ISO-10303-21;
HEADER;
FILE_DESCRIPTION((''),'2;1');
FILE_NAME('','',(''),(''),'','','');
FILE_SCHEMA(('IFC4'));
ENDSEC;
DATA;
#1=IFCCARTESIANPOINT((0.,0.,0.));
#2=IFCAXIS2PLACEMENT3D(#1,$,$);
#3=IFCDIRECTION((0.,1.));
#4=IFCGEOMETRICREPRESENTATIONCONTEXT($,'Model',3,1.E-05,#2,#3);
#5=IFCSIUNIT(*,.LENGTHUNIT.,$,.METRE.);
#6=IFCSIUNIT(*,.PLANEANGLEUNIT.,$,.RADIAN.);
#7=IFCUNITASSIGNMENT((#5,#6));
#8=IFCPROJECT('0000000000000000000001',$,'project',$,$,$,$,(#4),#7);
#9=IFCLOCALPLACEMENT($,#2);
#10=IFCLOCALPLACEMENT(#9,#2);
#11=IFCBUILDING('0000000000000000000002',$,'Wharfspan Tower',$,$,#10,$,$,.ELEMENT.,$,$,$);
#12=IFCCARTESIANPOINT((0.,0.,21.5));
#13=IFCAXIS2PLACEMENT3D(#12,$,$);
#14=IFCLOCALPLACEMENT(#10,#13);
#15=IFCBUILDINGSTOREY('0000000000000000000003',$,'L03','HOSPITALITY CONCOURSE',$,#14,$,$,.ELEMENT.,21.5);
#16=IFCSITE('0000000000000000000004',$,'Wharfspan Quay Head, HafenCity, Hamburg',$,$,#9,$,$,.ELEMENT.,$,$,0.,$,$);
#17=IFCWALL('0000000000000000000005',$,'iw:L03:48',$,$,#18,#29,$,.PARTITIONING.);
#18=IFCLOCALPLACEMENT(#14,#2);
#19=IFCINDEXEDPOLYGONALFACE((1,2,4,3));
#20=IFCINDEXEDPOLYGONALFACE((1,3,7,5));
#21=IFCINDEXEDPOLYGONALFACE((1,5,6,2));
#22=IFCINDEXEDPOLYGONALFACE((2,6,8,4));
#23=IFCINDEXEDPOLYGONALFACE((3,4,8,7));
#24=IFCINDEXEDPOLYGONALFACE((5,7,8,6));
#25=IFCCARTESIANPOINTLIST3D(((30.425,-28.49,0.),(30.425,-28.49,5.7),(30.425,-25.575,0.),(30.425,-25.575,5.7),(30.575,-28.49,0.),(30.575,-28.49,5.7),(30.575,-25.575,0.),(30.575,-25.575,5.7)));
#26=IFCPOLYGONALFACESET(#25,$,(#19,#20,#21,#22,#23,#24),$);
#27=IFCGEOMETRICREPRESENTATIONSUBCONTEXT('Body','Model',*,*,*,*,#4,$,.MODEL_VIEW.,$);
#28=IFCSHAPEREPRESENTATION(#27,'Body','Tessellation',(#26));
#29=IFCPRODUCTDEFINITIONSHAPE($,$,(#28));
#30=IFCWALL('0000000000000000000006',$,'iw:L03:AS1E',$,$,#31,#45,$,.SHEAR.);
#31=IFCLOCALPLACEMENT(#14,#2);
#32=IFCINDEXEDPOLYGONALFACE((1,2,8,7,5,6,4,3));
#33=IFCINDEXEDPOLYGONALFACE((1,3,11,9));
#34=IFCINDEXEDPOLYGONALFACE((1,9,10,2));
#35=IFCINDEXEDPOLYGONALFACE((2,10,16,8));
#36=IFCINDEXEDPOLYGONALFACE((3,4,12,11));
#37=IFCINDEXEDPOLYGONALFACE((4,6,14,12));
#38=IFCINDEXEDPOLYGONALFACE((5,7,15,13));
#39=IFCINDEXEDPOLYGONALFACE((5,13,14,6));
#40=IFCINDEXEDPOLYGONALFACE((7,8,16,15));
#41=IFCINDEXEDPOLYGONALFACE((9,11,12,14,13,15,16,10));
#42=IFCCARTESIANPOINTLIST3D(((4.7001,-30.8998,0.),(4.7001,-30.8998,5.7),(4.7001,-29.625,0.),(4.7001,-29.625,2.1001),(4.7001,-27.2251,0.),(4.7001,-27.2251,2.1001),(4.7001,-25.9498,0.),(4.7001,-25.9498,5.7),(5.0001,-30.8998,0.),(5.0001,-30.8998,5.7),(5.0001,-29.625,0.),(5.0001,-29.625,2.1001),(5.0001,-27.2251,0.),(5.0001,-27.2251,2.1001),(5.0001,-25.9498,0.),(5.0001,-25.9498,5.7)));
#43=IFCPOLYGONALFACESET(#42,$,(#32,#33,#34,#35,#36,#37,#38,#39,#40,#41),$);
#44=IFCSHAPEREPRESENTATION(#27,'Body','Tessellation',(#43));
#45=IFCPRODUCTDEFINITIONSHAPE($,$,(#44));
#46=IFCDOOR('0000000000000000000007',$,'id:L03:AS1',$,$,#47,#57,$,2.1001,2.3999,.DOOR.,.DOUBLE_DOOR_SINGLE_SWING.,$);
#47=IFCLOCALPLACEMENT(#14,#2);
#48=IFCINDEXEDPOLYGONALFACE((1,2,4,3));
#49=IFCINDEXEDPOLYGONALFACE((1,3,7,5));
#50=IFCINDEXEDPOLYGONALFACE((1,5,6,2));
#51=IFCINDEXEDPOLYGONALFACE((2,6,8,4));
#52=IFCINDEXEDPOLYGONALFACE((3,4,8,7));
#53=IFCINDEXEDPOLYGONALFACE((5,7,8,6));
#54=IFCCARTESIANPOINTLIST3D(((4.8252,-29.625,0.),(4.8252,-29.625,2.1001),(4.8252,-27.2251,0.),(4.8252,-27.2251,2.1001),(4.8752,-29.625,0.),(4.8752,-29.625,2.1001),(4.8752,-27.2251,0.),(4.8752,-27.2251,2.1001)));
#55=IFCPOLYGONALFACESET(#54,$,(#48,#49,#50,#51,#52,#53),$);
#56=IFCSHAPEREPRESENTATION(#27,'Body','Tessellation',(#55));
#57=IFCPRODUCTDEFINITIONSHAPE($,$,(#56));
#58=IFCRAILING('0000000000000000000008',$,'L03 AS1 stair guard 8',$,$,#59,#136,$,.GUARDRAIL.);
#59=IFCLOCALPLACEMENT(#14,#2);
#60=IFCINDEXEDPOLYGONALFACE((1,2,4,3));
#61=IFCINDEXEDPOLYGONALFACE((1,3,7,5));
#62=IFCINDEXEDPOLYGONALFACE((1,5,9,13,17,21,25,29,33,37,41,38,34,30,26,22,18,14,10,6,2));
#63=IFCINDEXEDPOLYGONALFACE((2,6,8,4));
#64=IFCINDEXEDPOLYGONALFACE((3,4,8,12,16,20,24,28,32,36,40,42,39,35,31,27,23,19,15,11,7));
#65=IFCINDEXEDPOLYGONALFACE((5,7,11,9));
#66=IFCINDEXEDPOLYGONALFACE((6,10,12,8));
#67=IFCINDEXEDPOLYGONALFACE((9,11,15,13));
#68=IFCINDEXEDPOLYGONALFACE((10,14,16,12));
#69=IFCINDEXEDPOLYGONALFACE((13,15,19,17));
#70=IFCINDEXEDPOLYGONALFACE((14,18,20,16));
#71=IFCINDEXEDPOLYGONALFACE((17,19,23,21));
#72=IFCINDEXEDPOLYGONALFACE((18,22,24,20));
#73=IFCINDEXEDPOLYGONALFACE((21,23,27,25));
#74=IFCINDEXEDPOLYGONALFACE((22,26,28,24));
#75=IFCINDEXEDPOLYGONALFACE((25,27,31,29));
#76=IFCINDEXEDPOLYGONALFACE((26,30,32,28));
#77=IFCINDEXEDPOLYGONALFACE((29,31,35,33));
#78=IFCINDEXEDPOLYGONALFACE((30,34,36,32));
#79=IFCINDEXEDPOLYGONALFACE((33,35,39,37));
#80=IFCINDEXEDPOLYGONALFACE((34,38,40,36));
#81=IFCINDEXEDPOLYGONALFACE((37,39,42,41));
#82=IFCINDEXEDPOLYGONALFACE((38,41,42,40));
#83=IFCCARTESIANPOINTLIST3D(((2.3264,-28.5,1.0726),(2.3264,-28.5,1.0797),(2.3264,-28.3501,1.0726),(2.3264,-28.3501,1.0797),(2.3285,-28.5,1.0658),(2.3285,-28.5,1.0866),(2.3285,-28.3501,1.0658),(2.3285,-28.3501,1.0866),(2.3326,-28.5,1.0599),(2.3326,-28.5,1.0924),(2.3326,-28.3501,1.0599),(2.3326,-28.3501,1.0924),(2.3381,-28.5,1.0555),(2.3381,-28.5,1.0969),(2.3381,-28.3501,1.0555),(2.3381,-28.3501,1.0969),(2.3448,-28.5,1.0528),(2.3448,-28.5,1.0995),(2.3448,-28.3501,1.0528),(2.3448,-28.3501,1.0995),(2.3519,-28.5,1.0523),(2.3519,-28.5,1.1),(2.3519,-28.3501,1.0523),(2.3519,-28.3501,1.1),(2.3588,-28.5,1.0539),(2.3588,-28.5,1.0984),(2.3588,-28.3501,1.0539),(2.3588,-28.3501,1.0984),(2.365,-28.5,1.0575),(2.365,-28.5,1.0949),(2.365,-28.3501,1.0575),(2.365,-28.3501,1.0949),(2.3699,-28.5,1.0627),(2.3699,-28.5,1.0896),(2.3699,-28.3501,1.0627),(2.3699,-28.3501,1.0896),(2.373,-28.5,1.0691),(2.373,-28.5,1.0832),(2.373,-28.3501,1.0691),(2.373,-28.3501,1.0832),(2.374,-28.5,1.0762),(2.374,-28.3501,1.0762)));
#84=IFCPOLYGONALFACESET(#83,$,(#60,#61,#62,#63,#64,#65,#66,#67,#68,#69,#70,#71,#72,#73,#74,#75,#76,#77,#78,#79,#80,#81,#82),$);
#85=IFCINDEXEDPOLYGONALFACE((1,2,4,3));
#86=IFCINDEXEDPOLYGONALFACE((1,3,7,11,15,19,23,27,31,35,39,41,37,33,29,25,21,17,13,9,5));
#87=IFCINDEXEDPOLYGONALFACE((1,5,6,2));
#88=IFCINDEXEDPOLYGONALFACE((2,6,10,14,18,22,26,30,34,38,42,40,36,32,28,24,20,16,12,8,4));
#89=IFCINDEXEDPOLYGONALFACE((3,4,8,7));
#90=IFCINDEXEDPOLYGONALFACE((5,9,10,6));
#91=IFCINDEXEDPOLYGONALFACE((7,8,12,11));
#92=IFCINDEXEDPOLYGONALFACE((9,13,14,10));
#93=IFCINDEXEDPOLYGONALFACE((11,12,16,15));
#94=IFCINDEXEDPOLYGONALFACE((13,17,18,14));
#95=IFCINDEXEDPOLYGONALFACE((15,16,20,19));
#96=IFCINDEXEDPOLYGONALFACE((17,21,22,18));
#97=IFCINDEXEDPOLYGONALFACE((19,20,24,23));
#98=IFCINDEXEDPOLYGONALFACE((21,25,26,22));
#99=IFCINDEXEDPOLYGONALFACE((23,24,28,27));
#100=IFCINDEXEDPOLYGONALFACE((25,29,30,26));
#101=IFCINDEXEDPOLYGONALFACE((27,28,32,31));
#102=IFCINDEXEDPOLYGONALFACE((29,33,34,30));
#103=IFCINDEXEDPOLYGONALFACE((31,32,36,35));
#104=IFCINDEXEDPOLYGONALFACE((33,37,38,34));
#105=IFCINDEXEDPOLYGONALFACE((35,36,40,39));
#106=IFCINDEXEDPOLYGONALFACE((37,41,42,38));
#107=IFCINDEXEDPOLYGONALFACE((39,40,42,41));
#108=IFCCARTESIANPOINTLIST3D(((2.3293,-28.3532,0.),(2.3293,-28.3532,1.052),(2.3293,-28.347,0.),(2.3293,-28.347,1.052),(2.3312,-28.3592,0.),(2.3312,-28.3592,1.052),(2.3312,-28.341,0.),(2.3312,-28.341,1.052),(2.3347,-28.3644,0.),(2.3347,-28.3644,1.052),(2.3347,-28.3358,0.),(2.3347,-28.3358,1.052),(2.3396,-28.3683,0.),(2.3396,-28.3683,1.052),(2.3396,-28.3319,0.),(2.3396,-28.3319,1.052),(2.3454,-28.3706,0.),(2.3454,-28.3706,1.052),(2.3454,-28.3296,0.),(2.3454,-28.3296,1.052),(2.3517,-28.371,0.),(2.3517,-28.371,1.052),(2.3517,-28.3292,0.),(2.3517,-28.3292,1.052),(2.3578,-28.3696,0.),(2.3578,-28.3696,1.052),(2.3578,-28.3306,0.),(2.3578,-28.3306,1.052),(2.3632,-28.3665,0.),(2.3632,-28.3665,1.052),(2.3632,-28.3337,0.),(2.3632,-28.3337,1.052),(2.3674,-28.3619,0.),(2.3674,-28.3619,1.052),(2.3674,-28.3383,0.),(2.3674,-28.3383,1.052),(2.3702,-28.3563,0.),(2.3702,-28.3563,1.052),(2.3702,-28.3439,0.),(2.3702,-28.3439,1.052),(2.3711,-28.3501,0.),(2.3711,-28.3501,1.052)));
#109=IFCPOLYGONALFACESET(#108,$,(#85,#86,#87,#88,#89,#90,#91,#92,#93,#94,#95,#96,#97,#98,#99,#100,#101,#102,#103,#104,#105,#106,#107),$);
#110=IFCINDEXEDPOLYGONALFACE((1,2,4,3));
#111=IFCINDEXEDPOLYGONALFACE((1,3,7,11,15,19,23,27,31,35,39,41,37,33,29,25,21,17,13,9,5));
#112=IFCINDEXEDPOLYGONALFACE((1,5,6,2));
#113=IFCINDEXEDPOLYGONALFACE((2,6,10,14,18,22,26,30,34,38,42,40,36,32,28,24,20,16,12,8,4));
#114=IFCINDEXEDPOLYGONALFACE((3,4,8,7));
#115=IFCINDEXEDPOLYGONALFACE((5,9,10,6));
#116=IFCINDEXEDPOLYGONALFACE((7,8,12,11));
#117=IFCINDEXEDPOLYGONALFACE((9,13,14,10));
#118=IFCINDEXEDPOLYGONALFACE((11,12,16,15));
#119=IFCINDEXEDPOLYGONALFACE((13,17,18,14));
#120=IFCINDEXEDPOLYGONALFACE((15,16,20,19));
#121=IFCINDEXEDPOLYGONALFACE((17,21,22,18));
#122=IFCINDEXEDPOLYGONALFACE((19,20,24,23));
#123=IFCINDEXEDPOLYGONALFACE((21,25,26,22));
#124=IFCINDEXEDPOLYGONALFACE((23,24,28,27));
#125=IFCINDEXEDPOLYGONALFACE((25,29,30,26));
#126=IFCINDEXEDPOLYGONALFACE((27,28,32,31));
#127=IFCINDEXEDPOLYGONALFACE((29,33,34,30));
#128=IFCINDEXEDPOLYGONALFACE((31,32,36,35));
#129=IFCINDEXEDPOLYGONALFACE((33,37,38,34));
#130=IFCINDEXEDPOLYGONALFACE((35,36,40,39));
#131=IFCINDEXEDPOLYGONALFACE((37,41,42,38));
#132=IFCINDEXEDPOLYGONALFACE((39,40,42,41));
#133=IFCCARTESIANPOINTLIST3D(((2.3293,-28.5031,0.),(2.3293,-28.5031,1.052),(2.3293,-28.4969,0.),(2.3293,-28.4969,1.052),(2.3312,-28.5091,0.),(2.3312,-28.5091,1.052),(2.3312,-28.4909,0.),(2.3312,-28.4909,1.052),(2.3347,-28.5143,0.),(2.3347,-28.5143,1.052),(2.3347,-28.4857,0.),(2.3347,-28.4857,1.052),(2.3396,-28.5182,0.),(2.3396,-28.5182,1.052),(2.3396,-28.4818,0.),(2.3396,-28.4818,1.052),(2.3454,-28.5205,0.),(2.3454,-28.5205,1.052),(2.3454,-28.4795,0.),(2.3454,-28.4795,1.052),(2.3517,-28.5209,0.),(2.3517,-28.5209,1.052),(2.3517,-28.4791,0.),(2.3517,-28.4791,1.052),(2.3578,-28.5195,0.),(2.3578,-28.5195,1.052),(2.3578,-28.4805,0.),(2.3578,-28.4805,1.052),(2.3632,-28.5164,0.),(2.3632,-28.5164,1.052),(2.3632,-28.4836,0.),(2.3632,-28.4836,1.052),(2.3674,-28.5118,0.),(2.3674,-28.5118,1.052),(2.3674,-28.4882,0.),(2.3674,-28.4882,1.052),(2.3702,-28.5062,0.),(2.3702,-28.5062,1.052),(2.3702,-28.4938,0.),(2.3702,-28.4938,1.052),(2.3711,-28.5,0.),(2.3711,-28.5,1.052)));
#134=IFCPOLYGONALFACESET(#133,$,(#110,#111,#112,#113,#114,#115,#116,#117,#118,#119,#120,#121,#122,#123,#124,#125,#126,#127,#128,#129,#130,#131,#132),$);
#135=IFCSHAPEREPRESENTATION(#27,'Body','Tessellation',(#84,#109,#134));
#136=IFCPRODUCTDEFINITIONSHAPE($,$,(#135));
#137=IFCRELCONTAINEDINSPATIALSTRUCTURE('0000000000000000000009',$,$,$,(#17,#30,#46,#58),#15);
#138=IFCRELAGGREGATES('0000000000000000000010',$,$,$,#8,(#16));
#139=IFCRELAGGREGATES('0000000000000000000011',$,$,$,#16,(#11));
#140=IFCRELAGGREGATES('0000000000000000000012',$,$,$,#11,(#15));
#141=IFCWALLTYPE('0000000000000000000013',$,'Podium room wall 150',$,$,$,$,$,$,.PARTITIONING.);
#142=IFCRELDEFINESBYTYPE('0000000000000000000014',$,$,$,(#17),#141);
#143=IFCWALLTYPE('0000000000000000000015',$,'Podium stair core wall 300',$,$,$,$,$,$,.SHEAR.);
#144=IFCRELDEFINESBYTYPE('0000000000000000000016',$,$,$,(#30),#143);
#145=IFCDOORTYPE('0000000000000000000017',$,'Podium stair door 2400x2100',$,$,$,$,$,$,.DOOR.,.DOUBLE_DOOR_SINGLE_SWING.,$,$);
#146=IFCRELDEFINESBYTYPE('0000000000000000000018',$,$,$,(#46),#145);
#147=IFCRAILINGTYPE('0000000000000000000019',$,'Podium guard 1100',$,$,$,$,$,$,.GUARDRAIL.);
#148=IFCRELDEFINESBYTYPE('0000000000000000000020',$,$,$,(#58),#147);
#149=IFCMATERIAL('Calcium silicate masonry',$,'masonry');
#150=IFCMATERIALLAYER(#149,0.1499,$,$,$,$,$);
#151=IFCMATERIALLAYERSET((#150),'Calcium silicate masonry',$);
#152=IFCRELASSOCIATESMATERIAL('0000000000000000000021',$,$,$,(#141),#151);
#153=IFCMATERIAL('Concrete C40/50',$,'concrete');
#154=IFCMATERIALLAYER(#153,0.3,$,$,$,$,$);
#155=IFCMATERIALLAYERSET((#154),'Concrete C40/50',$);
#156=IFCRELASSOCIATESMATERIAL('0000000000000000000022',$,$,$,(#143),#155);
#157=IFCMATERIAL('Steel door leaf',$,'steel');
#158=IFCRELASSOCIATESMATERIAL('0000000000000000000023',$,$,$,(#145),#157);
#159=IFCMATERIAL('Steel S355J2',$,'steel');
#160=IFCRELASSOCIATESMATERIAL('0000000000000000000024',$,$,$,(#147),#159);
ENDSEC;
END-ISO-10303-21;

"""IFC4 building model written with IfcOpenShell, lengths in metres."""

from ifc_helpers import new_model, si_unit, direction, frame, frame_2d, origin, origin_2d, place, context, subcontext, project, spatial, rectangle, circle, extrude, material, layer, layer_set, type_object, element, fill, save


model = new_model("IFC4")

# Units and contexts
model_context = context("Model", 3, precision=1e-05, world=origin(), true_north=direction((0.0, 1.0)))
body_context = subcontext(model_context, "Body", "Model", "MODEL_VIEW")
ifc_project = project(units=[si_unit("LENGTHUNIT", "METRE"), si_unit("PLANEANGLEUNIT", "RADIAN")], contexts=[model_context])

# Site, building, storey
site_placement = place(None, origin())
site = spatial("IfcSite", under=ifc_project, at=site_placement, Name="Wharfspan Quay Head, HafenCity, Hamburg", CompositionType="ELEMENT", RefElevation=0.0)
building_placement = place(site_placement, origin())
building = spatial("IfcBuilding", under=site, at=building_placement, Name="Wharfspan Tower", CompositionType="ELEMENT")
storey_placement = place(building_placement, frame((0.0, 0.0, 21.5)))
storey = spatial("IfcBuildingStorey", under=building, at=storey_placement, Name="L03", Description="HOSPITALITY CONCOURSE", CompositionType="ELEMENT", Elevation=21.5)

# Shared definitions
ifc_material_1 = material(Name="Calcium silicate masonry", Category="masonry")
ifc_layer_1 = layer(ifc_material_1, 0.1499)
ifc_layer_set_1 = layer_set([ifc_layer_1], Name="Calcium silicate masonry")
wall_type_1 = type_object("IfcWallType", Name="Podium room wall 150", PredefinedType="PARTITIONING", material=ifc_layer_set_1)

# Shared definitions
ifc_material_2 = material(Name="Steel door leaf", Category="steel")

# Wall
wall_1_placement = place(storey_placement, frame((30.5, -28.49, 0.0), z_axis=(0.0, 0.0, 1.0), x_axis=(0.0, 1.0, 0.0)))
element("IfcWall", 1, at=wall_1_placement, inside=storey, type_object=wall_type_1, Name="iw:L03:48", PredefinedType="PARTITIONING", context=body_context, shape_type="SweptSolid", body=[
    extrude(rectangle(XDim=2.915, YDim=0.1499, at=frame_2d((1.4575, 0.0))), origin(), (0.0, 0.0, 1.0), 5.7),
])

# Wall, opening, door
ifc_material_3 = material(Name="Concrete C40/50", Category="concrete")
ifc_layer_2 = layer(ifc_material_3, 0.3)
ifc_layer_set_2 = layer_set([ifc_layer_2], Name="Concrete C40/50")
wall_type_2 = type_object("IfcWallType", Name="Podium stair core wall 300", PredefinedType="SHEAR", material=ifc_layer_set_2)
wall_2_placement = place(storey_placement, frame((4.8501, -30.8999, 0.0), z_axis=(0.0, 0.0, 1.0), x_axis=(0.0, 1.0, 0.0)))
wall_2 = element("IfcWall", 2, at=wall_2_placement, inside=storey, type_object=wall_type_2, Name="iw:L03:AS1E", PredefinedType="SHEAR", context=body_context, shape_type="SweptSolid", body=[
    extrude(rectangle(XDim=4.95, YDim=0.3, at=frame_2d((2.4751, 0.0))), origin(), (0.0, 0.0, 1.0), 5.7),
])
opening_1_placement = place(wall_2_placement, frame((1.2749, 0.0, 0.0)))
opening_1 = element("IfcOpeningElement", 3, at=opening_1_placement, cuts=wall_2, PredefinedType="OPENING", context=body_context, shape_type="SweptSolid", body=[
    extrude(rectangle(XDim=2.3999, YDim=2.1001, at=frame_2d((1.2, 1.05))), frame((0.0, 0.1599, 0.0), z_axis=(0.0, -1.0, 0.0), x_axis=(1.0, 0.0, 0.0)), (0.0, 0.0, 1.0), 0.3201),
])
door_type_1 = type_object("IfcDoorType", Name="Podium stair door 2400x2100", OperationType="DOUBLE_DOOR_SINGLE_SWING", PredefinedType="DOOR", material=ifc_material_2)
door_1_placement = place(opening_1_placement, origin())
door_1 = element("IfcDoor", 4, at=door_1_placement, inside=storey, type_object=door_type_1, Name="id:L03:AS1", OperationType="DOUBLE_DOOR_SINGLE_SWING", OverallHeight=2.1001, OverallWidth=2.3999, PredefinedType="DOOR", context=body_context, shape_type="SweptSolid", body=[
    extrude(rectangle(XDim=2.3999, YDim=2.1001, at=frame_2d((1.2, 1.05))), frame((0.0, 0.0249, 0.0), z_axis=(0.0, -1.0, 0.0), x_axis=(1.0, 0.0, 0.0)), (0.0, 0.0, 1.0), 0.05),
])
fill(opening_1, door_1)

# Railing
ifc_material_4 = material(Name="Steel S355J2", Category="steel")
railing_type_1 = type_object("IfcRailingType", Name="Podium guard 1100", PredefinedType="GUARDRAIL", material=ifc_material_4)
railing_1_placement = place(storey_placement, frame((2.3501, -28.3501, 0.0)))
element("IfcRailing", 5, at=railing_1_placement, inside=storey, type_object=railing_type_1, Name="L03 AS1 stair guard 8", PredefinedType="GUARDRAIL", context=body_context, shape_type="SweptSolid", body=[
    extrude(circle(Radius=0.0239, at=origin_2d()), frame((0.0, 0.0, 1.0762), z_axis=(0.0, -1.0, 0.0), x_axis=(1.0, 0.0, 0.0)), (0.0, 0.0, 1.0), 0.1499),
    extrude(circle(Radius=0.021, at=origin_2d()), origin(), (0.0, 0.0, 1.0), 1.052),
    extrude(circle(Radius=0.021, at=origin_2d()), frame((0.0, -0.1499, 0.0)), (0.0, 0.0, 1.0), 1.052),
])

save(model, "model.ifc")
